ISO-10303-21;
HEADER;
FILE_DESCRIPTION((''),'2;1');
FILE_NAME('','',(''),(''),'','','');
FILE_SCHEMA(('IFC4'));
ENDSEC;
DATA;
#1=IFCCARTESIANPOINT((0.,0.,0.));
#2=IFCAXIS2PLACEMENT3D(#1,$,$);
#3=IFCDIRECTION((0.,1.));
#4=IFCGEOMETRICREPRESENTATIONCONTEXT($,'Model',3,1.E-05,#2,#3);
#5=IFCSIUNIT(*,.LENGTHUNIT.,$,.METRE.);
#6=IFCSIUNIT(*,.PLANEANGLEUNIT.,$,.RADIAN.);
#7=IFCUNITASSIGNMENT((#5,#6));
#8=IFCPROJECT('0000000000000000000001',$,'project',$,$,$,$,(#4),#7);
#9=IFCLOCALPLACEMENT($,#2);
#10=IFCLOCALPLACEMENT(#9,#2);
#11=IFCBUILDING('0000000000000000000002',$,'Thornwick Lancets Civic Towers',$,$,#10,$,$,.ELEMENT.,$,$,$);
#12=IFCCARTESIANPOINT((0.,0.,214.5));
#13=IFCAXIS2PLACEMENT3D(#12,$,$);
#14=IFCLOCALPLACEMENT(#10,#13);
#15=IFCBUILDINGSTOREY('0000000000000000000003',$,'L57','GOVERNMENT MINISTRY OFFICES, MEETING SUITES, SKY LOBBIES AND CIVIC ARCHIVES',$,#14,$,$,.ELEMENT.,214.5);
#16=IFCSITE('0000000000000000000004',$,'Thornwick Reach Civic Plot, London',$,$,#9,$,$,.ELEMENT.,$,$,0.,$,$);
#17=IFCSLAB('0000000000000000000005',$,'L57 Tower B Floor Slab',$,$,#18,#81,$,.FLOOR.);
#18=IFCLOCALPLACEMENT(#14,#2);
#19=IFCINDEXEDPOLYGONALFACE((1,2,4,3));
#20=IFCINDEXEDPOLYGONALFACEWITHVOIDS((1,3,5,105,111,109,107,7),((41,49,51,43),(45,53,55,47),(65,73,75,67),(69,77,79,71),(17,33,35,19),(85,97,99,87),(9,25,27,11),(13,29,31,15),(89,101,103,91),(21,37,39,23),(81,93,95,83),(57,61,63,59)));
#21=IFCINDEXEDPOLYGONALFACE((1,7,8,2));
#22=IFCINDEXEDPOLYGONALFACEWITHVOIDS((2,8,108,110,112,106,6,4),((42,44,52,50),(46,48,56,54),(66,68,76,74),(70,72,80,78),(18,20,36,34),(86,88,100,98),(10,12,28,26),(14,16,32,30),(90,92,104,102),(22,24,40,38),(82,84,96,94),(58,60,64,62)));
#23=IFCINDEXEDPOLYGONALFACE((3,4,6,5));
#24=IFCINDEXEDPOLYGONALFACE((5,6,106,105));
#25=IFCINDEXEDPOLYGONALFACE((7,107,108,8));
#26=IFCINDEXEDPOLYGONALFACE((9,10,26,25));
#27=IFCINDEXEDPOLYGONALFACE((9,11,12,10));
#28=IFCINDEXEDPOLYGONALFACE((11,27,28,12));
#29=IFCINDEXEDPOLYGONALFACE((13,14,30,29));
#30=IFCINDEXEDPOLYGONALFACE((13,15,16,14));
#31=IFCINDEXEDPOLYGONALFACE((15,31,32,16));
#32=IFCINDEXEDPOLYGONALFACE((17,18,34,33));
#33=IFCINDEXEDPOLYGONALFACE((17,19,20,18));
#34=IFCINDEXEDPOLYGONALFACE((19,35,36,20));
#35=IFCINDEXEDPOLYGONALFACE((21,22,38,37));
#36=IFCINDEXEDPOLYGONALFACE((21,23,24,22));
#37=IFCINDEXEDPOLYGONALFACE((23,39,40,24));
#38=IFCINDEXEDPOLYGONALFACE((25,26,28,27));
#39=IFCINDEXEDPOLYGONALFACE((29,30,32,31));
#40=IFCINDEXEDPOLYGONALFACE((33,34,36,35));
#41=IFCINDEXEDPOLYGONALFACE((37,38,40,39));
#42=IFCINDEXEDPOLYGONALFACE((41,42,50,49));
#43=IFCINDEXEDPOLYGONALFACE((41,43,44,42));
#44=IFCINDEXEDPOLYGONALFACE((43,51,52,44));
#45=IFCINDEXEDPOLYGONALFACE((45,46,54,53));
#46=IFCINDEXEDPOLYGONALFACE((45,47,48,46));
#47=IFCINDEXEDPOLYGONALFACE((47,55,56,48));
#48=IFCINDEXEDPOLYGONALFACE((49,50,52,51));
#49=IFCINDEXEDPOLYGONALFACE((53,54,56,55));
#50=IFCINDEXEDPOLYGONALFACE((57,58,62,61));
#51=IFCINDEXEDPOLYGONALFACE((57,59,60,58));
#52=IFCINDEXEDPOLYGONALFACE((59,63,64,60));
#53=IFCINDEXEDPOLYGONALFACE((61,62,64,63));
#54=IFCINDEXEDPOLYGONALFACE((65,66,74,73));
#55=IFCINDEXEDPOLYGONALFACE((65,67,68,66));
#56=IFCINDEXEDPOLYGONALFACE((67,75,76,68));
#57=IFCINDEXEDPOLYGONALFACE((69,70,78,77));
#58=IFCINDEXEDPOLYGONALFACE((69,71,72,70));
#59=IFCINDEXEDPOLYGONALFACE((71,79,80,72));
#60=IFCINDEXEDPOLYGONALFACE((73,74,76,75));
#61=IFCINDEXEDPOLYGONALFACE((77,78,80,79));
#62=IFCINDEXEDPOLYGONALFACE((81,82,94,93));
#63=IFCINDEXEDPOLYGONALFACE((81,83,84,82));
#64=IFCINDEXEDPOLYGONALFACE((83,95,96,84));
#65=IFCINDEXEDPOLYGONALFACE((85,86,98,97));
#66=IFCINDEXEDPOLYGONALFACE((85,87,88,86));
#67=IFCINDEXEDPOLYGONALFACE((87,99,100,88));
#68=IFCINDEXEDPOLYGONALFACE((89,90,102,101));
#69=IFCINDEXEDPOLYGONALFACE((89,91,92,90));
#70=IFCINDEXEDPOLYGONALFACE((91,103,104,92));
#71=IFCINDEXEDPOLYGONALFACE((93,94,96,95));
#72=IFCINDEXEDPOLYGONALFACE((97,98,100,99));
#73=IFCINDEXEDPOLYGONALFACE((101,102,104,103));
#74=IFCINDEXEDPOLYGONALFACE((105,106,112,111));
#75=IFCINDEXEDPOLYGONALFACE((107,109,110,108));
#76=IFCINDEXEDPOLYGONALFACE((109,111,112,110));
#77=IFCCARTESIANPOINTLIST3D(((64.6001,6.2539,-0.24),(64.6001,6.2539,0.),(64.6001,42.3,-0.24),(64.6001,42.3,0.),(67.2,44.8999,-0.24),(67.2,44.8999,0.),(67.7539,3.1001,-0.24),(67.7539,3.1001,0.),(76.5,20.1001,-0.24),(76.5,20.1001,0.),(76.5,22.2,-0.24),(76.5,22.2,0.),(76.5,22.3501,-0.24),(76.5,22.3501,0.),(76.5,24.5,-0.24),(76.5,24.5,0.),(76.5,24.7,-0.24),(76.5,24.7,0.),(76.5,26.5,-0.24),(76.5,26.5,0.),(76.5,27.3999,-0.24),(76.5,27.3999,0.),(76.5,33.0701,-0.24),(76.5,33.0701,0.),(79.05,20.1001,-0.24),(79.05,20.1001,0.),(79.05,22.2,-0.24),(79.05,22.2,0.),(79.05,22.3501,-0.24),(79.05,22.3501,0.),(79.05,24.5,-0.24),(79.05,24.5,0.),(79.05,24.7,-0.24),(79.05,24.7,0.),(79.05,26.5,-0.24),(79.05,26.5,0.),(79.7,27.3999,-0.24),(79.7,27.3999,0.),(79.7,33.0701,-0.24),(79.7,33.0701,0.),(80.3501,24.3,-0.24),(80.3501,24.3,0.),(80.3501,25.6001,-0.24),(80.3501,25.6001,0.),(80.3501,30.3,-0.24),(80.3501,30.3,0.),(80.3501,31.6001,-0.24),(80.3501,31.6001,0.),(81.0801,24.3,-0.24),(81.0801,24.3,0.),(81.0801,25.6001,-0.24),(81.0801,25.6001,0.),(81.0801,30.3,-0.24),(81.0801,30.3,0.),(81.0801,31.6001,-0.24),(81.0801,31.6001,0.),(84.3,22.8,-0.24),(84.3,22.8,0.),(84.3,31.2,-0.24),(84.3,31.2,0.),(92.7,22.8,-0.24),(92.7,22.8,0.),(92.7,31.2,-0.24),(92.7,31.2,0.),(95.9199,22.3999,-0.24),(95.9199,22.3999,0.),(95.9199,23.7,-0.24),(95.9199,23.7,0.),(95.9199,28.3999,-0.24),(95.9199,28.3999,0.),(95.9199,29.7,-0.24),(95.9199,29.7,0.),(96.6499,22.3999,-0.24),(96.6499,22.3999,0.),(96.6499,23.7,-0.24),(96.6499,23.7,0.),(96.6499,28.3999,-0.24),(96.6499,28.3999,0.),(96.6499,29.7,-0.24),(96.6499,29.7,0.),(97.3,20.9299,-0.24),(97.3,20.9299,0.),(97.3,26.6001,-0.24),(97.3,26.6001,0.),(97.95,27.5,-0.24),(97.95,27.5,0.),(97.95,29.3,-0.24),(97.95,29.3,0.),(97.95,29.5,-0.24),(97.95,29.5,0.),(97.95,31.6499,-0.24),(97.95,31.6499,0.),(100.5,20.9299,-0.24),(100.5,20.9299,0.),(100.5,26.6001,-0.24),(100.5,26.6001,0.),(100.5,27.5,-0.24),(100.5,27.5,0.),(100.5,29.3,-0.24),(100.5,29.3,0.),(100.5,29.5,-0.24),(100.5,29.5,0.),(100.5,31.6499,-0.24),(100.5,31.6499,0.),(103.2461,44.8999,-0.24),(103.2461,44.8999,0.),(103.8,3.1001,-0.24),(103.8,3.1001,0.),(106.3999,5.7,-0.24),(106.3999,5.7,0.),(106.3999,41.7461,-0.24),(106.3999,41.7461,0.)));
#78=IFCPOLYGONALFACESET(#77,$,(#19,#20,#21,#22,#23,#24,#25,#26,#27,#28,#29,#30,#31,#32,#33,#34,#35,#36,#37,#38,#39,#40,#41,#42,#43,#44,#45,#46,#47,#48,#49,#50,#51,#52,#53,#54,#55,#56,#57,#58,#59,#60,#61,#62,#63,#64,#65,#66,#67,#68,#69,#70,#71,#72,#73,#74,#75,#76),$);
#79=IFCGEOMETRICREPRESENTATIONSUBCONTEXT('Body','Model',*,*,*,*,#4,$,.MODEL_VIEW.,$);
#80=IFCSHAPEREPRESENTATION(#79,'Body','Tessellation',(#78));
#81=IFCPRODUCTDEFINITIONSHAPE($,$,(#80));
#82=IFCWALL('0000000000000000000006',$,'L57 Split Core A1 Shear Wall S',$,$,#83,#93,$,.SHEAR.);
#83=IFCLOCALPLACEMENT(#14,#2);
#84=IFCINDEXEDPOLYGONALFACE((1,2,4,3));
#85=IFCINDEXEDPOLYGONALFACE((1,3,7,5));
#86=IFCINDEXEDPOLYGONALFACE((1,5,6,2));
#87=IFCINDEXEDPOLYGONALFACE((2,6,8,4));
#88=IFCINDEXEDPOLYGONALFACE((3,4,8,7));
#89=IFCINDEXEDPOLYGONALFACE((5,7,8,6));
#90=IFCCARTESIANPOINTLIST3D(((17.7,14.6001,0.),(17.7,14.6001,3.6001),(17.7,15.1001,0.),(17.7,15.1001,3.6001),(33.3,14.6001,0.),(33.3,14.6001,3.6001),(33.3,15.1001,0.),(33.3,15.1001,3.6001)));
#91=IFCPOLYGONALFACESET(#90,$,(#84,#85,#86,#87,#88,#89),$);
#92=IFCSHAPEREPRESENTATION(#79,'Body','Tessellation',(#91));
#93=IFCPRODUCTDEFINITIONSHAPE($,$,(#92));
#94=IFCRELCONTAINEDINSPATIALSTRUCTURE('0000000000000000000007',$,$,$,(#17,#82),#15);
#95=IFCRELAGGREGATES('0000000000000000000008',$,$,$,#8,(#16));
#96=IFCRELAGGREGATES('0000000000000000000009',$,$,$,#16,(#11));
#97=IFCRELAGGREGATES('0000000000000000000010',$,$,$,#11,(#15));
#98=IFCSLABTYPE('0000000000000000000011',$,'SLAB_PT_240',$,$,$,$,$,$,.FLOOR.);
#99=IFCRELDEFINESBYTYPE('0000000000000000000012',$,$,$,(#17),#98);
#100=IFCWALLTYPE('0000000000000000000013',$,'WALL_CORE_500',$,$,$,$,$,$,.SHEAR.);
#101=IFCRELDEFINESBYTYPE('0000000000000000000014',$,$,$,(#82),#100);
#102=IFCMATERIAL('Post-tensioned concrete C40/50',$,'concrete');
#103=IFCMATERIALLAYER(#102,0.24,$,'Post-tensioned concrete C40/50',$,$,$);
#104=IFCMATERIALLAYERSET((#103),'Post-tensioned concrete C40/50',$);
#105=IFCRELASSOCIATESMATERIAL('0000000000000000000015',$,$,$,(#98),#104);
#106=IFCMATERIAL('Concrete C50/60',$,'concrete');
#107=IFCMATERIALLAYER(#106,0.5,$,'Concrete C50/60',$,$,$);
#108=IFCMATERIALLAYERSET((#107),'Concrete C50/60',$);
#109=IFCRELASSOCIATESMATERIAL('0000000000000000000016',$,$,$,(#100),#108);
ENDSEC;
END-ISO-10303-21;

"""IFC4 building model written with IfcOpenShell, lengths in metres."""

from ifc_helpers import new_model, si_unit, direction, frame, frame_2d, origin, place, context, subcontext, project, spatial, polyline, rectangle, outline, extrude, material, layer, layer_set, type_object, element, save


model = new_model("IFC4")

# Units and contexts
model_context = context("Model", 3, precision=1e-05, world=origin(), true_north=direction((0.0, 1.0)))
body_context = subcontext(model_context, "Body", "Model", "MODEL_VIEW")
ifc_project = project(units=[si_unit("LENGTHUNIT", "METRE"), si_unit("PLANEANGLEUNIT", "RADIAN")], contexts=[model_context])

# Site, building, storey
site_placement = place(None, origin())
site = spatial("IfcSite", under=ifc_project, at=site_placement, Name="Thornwick Reach Civic Plot, London", CompositionType="ELEMENT", RefElevation=0.0)
building_placement = place(site_placement, origin())
building = spatial("IfcBuilding", under=site, at=building_placement, Name="Thornwick Lancets Civic Towers", CompositionType="ELEMENT")
storey_placement = place(building_placement, frame((0.0, 0.0, 214.5)))
storey = spatial("IfcBuildingStorey", under=building, at=storey_placement, Name="L57", Description="GOVERNMENT MINISTRY OFFICES, MEETING SUITES, SKY LOBBIES AND CIVIC ARCHIVES", CompositionType="ELEMENT", Elevation=214.5)

# Shared definitions
ifc_material_1 = material(Name="Concrete C50/60", Category="concrete")

# Shared definitions
ifc_material_2 = material(Name="Post-tensioned concrete C40/50", Category="concrete")

# Slab
ifc_layer_1 = layer(ifc_material_2, 0.24, Name="Post-tensioned concrete C40/50")
ifc_layer_set_1 = layer_set([ifc_layer_1], Name="Post-tensioned concrete C40/50")
slab_type_1 = type_object("IfcSlabType", Name="SLAB_PT_240", PredefinedType="FLOOR", material=ifc_layer_set_1)
slab_1_placement = place(storey_placement, frame((0.0, 0.0, -0.24)))
element("IfcSlab", 1, at=slab_1_placement, inside=storey, type_object=slab_type_1, Name="L57 Tower B Floor Slab", PredefinedType="FLOOR", context=body_context, shape_type="SweptSolid", body=[
    extrude(outline(polyline([(67.7539, 3.1001), (103.8, 3.1001), (106.3999, 5.7), (106.3999, 41.7461), (103.2461, 44.8999), (67.2, 44.8999), (64.6001, 42.3), (64.6001, 6.2539), (67.7539, 3.1001)]), holes=[polyline([(84.3, 22.8), (92.7, 22.8), (92.7, 31.2), (84.3, 31.2), (84.3, 22.8)]), polyline([(100.5, 20.9299), (100.5, 26.6001), (97.3, 26.6001), (97.3, 20.9299), (100.5, 20.9299)]), polyline([(76.5, 33.0701), (76.5, 27.3999), (79.7, 27.3999), (79.7, 33.0701), (76.5, 33.0701)]), polyline([(97.95, 27.5), (100.5, 27.5), (100.5, 29.3), (97.95, 29.3), (97.95, 27.5)]), polyline([(97.95, 29.5), (100.5, 29.5), (100.5, 31.6499), (97.95, 31.6499), (97.95, 29.5)]), polyline([(76.5, 24.7), (79.05, 24.7), (79.05, 26.5), (76.5, 26.5), (76.5, 24.7)]), polyline([(76.5, 22.3501), (79.05, 22.3501), (79.05, 24.5), (76.5, 24.5), (76.5, 22.3501)]), polyline([(76.5, 20.1001), (79.05, 20.1001), (79.05, 22.2), (76.5, 22.2), (76.5, 20.1001)]), polyline([(95.9199, 28.3999), (96.6499, 28.3999), (96.6499, 29.7), (95.9199, 29.7), (95.9199, 28.3999)]), polyline([(95.9199, 22.3999), (96.6499, 22.3999), (96.6499, 23.7), (95.9199, 23.7), (95.9199, 22.3999)]), polyline([(80.3501, 24.3), (81.0801, 24.3), (81.0801, 25.6001), (80.3501, 25.6001), (80.3501, 24.3)]), polyline([(80.3501, 30.3), (81.0801, 30.3), (81.0801, 31.6001), (80.3501, 31.6001), (80.3501, 30.3)])]), origin(), (0.0, 0.0, 1.0), 0.24),
])

# Wall
ifc_layer_2 = layer(ifc_material_1, 0.5, Name="Concrete C50/60")
ifc_layer_set_2 = layer_set([ifc_layer_2], Name="Concrete C50/60")
wall_type_1 = type_object("IfcWallType", Name="WALL_CORE_500", PredefinedType="SHEAR", material=ifc_layer_set_2)
wall_1_placement = place(storey_placement, frame((17.7, 14.8501, 0.0), z_axis=(0.0, 0.0, 1.0), x_axis=(1.0, 0.0, 0.0)))
element("IfcWall", 2, at=wall_1_placement, inside=storey, type_object=wall_type_1, Name="L57 Split Core A1 Shear Wall S", PredefinedType="SHEAR", context=body_context, shape_type="SweptSolid", body=[
    extrude(rectangle(XDim=15.6001, YDim=0.5, at=frame_2d((7.8, 0.0))), origin(), (0.0, 0.0, 1.0), 3.6001),
])

save(model, "model.ifc")
